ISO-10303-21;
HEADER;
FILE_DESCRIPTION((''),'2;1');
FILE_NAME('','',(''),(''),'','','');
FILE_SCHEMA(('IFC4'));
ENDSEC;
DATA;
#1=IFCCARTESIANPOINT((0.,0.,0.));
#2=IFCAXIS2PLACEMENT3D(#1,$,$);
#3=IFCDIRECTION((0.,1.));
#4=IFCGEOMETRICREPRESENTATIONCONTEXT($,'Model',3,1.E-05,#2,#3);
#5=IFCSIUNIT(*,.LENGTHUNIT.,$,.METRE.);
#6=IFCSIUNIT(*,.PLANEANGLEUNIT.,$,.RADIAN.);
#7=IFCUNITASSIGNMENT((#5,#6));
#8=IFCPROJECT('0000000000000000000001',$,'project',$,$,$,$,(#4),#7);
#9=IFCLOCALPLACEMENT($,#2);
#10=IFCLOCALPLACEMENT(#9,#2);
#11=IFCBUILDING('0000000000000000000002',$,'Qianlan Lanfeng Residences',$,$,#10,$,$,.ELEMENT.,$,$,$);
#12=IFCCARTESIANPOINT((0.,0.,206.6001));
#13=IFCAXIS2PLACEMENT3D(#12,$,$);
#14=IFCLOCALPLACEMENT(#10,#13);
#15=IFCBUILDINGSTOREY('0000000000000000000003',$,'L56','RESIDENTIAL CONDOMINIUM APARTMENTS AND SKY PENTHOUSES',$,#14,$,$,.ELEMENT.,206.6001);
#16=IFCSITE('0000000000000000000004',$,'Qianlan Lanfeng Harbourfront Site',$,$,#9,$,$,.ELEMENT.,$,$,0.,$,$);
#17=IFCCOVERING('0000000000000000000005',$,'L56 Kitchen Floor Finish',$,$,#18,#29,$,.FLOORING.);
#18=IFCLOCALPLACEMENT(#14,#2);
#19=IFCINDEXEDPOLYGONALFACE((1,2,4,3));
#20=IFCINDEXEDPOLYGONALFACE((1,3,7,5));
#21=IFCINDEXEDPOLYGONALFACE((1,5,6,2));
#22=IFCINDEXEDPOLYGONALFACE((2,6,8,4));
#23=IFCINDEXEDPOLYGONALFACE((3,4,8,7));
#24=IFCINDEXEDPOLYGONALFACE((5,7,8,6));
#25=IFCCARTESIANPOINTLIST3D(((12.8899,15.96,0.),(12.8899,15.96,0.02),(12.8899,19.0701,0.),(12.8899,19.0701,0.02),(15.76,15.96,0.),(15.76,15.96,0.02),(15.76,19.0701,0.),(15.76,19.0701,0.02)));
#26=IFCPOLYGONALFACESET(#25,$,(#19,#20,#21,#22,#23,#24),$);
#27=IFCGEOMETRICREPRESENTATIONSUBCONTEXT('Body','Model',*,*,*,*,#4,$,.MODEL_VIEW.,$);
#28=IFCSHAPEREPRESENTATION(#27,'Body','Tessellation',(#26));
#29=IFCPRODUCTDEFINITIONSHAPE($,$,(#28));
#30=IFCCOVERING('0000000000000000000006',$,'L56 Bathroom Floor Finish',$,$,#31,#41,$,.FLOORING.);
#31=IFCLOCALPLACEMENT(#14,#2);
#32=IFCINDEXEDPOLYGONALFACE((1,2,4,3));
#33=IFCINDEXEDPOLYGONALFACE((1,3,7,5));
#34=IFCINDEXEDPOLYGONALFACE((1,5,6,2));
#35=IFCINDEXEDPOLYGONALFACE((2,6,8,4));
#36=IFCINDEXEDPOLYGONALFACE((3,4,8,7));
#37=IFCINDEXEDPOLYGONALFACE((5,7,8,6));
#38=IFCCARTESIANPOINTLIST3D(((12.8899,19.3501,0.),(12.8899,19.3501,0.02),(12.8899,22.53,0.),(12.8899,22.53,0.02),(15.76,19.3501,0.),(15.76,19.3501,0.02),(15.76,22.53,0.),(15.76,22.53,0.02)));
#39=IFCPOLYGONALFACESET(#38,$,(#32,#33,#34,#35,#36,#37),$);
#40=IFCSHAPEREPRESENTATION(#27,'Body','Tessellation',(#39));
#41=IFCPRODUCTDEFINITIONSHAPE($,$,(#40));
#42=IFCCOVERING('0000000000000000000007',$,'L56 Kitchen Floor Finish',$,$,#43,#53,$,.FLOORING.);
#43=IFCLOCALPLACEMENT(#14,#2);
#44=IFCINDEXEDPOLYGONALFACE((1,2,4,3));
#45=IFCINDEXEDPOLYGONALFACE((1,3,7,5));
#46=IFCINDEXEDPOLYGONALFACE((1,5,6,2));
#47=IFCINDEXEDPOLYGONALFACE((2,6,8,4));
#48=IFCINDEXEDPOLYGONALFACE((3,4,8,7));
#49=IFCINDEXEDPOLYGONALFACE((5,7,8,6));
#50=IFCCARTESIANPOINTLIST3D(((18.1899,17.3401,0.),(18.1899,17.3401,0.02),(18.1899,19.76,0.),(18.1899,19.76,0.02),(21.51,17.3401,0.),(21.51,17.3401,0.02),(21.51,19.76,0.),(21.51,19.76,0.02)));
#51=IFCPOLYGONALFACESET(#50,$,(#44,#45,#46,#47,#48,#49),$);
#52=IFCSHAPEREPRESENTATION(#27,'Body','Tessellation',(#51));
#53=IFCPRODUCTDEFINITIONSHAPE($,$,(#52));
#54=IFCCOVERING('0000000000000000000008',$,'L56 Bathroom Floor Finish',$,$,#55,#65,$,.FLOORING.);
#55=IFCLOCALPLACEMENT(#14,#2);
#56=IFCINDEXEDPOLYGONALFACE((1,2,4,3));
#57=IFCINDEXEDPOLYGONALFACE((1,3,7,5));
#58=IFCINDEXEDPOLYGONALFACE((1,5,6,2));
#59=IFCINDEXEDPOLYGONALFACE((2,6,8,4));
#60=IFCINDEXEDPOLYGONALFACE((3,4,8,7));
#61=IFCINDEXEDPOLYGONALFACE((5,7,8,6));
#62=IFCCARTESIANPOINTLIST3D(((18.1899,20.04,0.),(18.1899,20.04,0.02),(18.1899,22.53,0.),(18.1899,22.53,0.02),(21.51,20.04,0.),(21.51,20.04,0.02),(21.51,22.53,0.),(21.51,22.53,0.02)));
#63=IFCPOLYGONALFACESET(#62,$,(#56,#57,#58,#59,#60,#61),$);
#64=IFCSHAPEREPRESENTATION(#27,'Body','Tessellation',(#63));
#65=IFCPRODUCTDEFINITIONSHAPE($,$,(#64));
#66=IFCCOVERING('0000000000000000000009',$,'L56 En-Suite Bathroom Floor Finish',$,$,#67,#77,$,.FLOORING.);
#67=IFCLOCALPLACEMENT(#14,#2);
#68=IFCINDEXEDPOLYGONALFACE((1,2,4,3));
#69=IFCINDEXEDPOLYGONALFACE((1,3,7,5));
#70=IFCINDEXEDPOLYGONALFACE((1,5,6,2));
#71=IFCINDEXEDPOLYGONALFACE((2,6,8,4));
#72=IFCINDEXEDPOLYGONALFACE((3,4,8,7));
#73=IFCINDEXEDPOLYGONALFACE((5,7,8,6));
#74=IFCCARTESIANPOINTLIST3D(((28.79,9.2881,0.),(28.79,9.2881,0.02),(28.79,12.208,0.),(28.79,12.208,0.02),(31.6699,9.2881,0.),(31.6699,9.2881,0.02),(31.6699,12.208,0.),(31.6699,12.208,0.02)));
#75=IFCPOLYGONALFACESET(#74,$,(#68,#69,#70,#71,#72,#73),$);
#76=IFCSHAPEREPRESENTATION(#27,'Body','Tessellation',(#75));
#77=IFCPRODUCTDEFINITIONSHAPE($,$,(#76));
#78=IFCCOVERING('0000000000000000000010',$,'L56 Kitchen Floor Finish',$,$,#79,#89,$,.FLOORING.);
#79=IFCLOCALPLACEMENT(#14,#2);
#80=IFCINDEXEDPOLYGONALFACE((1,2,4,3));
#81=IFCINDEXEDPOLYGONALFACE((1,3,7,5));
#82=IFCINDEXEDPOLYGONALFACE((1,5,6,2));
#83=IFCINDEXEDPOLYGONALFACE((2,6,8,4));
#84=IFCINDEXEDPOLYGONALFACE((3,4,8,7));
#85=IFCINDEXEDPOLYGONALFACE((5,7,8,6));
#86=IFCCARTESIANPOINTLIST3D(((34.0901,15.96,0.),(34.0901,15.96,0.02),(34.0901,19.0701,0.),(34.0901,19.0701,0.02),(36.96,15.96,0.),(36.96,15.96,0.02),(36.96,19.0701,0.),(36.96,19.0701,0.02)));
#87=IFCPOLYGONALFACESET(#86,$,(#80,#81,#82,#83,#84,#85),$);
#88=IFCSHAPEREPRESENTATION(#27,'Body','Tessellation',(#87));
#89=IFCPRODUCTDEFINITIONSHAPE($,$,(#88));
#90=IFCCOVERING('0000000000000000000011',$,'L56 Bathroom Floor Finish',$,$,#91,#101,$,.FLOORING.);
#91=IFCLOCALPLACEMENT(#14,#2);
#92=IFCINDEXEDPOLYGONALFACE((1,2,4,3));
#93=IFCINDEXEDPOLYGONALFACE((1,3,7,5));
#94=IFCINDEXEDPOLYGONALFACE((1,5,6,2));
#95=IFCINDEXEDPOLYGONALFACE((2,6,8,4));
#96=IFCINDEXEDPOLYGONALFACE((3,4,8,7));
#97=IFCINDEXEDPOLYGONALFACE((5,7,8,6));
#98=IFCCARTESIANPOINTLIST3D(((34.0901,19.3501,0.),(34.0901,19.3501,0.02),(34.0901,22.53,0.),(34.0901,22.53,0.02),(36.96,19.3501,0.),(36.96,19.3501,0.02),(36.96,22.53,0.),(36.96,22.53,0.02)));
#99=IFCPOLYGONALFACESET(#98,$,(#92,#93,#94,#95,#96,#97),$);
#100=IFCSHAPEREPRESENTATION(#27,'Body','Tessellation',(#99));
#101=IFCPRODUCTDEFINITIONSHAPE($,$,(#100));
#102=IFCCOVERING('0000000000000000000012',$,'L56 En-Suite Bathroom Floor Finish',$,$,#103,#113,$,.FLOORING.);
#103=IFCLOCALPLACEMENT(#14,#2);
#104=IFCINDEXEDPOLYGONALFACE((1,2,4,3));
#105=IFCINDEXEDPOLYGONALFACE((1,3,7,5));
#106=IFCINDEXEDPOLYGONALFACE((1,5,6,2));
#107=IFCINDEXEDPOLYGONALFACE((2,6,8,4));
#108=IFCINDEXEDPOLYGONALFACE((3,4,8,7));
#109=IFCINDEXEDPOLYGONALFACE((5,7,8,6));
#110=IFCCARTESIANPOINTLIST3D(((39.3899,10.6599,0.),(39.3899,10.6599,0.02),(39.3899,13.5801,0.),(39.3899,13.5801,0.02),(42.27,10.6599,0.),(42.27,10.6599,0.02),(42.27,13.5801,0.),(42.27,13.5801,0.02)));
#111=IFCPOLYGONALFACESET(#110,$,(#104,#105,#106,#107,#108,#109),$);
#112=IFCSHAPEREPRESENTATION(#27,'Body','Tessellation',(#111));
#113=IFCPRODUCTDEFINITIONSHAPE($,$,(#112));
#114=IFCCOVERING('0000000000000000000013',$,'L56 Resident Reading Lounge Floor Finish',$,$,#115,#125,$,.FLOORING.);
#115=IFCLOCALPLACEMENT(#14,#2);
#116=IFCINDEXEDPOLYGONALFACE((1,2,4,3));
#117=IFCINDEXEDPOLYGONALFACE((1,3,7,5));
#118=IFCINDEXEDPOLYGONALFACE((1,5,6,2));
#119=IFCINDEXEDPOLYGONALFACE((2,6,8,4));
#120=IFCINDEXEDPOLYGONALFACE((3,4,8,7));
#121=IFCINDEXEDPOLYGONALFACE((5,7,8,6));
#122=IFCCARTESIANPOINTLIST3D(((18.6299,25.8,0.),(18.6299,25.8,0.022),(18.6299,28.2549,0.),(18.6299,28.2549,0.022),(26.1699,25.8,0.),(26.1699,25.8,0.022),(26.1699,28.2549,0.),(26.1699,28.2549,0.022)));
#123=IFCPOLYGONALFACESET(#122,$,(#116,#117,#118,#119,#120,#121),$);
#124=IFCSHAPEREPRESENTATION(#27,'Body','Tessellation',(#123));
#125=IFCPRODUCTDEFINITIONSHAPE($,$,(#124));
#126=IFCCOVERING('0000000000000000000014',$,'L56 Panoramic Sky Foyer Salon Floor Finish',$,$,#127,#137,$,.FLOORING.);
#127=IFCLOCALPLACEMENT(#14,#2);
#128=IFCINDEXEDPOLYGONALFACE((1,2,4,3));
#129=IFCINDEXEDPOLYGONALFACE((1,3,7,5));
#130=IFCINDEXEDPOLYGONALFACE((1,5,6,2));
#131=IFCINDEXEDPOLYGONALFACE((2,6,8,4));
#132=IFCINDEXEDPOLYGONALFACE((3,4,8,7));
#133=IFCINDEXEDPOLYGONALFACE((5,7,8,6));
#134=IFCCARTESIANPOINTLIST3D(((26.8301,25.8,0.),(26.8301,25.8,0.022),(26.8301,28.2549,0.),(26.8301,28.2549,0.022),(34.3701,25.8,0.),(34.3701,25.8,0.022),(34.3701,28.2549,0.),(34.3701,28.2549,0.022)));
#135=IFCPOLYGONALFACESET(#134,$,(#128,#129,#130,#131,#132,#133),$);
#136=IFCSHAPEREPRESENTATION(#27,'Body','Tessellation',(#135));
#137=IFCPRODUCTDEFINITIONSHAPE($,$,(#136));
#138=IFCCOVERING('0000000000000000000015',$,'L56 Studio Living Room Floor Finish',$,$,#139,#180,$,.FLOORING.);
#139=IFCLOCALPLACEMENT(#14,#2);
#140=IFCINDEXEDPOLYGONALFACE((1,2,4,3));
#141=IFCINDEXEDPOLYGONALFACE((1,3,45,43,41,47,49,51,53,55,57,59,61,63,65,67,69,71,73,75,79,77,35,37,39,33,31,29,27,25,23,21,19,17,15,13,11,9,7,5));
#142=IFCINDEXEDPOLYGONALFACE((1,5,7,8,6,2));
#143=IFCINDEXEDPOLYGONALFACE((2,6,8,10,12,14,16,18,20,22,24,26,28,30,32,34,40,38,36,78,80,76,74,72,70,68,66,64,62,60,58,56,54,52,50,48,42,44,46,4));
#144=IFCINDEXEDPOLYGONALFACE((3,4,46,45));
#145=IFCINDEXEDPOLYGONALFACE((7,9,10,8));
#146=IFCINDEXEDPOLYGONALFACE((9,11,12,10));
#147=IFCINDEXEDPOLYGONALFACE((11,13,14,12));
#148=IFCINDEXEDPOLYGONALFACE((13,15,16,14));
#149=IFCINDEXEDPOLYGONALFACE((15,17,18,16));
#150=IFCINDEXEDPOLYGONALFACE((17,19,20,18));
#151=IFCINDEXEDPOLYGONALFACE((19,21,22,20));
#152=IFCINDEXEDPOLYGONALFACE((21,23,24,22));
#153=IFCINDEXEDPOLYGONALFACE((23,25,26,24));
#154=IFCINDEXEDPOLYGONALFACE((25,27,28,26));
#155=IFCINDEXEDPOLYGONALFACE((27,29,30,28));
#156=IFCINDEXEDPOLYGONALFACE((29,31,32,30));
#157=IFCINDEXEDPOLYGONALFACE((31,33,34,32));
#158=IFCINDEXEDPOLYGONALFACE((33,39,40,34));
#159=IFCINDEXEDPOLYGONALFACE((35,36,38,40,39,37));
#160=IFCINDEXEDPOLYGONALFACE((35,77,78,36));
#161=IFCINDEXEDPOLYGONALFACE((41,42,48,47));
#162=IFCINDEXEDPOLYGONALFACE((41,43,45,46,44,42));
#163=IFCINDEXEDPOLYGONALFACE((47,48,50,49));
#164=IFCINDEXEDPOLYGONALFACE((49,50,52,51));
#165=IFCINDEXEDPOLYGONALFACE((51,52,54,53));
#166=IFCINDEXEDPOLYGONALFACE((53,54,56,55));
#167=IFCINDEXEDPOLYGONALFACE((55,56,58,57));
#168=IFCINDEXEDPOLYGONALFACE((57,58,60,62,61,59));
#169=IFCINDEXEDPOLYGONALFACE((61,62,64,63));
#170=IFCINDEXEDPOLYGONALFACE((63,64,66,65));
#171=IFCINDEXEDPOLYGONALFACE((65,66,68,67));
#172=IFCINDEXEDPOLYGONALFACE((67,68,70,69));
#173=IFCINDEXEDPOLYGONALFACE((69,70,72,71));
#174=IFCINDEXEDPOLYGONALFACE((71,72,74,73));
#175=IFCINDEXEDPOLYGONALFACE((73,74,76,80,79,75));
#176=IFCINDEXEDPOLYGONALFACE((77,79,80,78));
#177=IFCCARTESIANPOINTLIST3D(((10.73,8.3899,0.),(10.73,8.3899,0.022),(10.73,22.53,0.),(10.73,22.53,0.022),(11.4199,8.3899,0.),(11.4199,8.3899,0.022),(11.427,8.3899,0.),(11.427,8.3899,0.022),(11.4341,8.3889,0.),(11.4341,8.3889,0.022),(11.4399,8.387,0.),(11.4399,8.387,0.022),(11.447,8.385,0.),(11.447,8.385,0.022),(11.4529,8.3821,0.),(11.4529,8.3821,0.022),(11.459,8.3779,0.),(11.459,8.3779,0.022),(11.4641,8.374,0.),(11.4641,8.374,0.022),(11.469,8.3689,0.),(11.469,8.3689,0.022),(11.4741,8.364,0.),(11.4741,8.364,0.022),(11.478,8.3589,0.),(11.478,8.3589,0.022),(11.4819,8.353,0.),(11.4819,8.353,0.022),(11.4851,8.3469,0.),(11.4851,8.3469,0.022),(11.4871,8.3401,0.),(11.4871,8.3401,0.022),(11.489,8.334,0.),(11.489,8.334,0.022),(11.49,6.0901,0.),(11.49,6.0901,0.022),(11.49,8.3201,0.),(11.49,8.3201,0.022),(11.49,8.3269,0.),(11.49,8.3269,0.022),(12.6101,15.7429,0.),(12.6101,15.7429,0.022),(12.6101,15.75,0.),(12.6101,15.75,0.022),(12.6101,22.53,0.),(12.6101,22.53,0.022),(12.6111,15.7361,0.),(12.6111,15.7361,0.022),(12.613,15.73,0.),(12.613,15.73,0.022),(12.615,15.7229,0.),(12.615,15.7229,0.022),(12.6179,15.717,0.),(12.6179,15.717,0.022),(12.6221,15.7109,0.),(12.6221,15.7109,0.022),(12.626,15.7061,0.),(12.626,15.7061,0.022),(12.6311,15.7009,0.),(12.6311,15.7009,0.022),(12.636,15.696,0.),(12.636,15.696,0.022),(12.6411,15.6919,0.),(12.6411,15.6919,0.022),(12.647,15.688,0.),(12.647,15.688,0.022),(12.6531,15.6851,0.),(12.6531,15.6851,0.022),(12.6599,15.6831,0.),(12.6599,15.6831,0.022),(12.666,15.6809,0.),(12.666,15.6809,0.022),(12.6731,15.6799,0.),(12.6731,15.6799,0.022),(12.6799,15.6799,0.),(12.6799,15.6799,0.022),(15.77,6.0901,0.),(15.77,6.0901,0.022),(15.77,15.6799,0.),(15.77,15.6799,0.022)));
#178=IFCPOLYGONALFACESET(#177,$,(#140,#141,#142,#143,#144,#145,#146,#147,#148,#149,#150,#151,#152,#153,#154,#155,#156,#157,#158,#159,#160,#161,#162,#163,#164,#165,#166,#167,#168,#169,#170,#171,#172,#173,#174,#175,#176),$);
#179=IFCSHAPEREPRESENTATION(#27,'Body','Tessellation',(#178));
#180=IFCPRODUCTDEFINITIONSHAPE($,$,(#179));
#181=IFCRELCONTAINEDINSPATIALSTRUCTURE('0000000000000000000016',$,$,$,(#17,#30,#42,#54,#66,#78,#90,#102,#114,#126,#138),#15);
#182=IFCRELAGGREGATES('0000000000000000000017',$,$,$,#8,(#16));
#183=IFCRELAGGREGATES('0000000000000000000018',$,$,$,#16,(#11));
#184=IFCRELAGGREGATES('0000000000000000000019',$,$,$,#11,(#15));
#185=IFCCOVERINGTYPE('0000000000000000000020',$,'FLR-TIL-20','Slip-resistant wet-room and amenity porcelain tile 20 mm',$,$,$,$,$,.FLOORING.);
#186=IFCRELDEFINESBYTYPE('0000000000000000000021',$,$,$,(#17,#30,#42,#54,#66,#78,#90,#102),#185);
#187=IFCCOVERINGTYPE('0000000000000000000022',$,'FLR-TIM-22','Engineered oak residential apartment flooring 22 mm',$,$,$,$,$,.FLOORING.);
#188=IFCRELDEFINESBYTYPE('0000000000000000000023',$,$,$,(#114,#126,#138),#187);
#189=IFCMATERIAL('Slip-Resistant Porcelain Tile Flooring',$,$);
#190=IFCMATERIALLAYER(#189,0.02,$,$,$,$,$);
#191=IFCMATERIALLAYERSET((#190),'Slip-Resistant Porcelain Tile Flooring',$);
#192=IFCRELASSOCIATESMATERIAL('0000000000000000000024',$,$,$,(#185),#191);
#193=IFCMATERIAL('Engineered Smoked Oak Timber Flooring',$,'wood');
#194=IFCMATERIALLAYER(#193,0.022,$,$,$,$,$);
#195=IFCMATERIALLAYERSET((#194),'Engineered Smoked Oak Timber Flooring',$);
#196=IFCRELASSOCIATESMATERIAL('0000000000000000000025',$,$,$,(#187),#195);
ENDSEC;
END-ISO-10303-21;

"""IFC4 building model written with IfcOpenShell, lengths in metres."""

from ifc_helpers import new_model, si_unit, direction, frame, origin, place, context, subcontext, project, spatial, polyline, outline, extrude, material, layer, layer_set, type_object, element, save


model = new_model("IFC4")

# Units and contexts
model_context = context("Model", 3, precision=1e-05, world=origin(), true_north=direction((0.0, 1.0)))
body_context = subcontext(model_context, "Body", "Model", "MODEL_VIEW")
ifc_project = project(units=[si_unit("LENGTHUNIT", "METRE"), si_unit("PLANEANGLEUNIT", "RADIAN")], contexts=[model_context])

# Site, building, storey
site_placement = place(None, origin())
site = spatial("IfcSite", under=ifc_project, at=site_placement, Name="Qianlan Lanfeng Harbourfront Site", CompositionType="ELEMENT", RefElevation=0.0)
building_placement = place(site_placement, origin())
building = spatial("IfcBuilding", under=site, at=building_placement, Name="Qianlan Lanfeng Residences", CompositionType="ELEMENT")
storey_placement = place(building_placement, frame((0.0, 0.0, 206.6001)))
storey = spatial("IfcBuildingStorey", under=building, at=storey_placement, Name="L56", Description="RESIDENTIAL CONDOMINIUM APARTMENTS AND SKY PENTHOUSES", CompositionType="ELEMENT", Elevation=206.6001)

# Coverings
ifc_material_1 = material(Name="Slip-Resistant Porcelain Tile Flooring")
ifc_layer_1 = layer(ifc_material_1, 0.02)
ifc_layer_set_1 = layer_set([ifc_layer_1], Name="Slip-Resistant Porcelain Tile Flooring")
covering_type_1 = type_object("IfcCoveringType", Name="FLR-TIL-20", Description="Slip-resistant wet-room and amenity porcelain tile 20 mm", PredefinedType="FLOORING", material=ifc_layer_set_1)
covering_1_placement = place(storey_placement, origin())
element("IfcCovering", 1, at=covering_1_placement, inside=storey, type_object=covering_type_1, Name="L56 Kitchen Floor Finish", PredefinedType="FLOORING", context=body_context, shape_type="SweptSolid", body=[
    extrude(outline(polyline([(12.8899, 15.96), (15.76, 15.96), (15.76, 19.0701), (12.8899, 19.0701), (12.8899, 15.96)])), origin(), (0.0, 0.0, 1.0), 0.02),
])
covering_2_placement = place(storey_placement, origin())
element("IfcCovering", 2, at=covering_2_placement, inside=storey, type_object=covering_type_1, Name="L56 Bathroom Floor Finish", PredefinedType="FLOORING", context=body_context, shape_type="SweptSolid", body=[
    extrude(outline(polyline([(12.8899, 19.3501), (15.76, 19.3501), (15.76, 22.53), (12.8899, 22.53), (12.8899, 19.3501)])), origin(), (0.0, 0.0, 1.0), 0.02),
])
covering_3_placement = place(storey_placement, origin())
element("IfcCovering", 3, at=covering_3_placement, inside=storey, type_object=covering_type_1, Name="L56 Kitchen Floor Finish", PredefinedType="FLOORING", context=body_context, shape_type="SweptSolid", body=[
    extrude(outline(polyline([(18.1899, 17.3401), (21.51, 17.3401), (21.51, 19.76), (18.1899, 19.76), (18.1899, 17.3401)])), origin(), (0.0, 0.0, 1.0), 0.02),
])
covering_4_placement = place(storey_placement, origin())
element("IfcCovering", 4, at=covering_4_placement, inside=storey, type_object=covering_type_1, Name="L56 Bathroom Floor Finish", PredefinedType="FLOORING", context=body_context, shape_type="SweptSolid", body=[
    extrude(outline(polyline([(18.1899, 20.04), (21.51, 20.04), (21.51, 22.53), (18.1899, 22.53), (18.1899, 20.04)])), origin(), (0.0, 0.0, 1.0), 0.02),
])
covering_5_placement = place(storey_placement, origin())
element("IfcCovering", 5, at=covering_5_placement, inside=storey, type_object=covering_type_1, Name="L56 En-Suite Bathroom Floor Finish", PredefinedType="FLOORING", context=body_context, shape_type="SweptSolid", body=[
    extrude(outline(polyline([(28.79, 9.2881), (31.6699, 9.2881), (31.6699, 12.208), (28.79, 12.208), (28.79, 9.2881)])), origin(), (0.0, 0.0, 1.0), 0.02),
])
covering_6_placement = place(storey_placement, origin())
element("IfcCovering", 6, at=covering_6_placement, inside=storey, type_object=covering_type_1, Name="L56 Kitchen Floor Finish", PredefinedType="FLOORING", context=body_context, shape_type="SweptSolid", body=[
    extrude(outline(polyline([(34.0901, 15.96), (36.96, 15.96), (36.96, 19.0701), (34.0901, 19.0701), (34.0901, 15.96)])), origin(), (0.0, 0.0, 1.0), 0.02),
])
covering_7_placement = place(storey_placement, origin())
element("IfcCovering", 7, at=covering_7_placement, inside=storey, type_object=covering_type_1, Name="L56 Bathroom Floor Finish", PredefinedType="FLOORING", context=body_context, shape_type="SweptSolid", body=[
    extrude(outline(polyline([(34.0901, 19.3501), (36.96, 19.3501), (36.96, 22.53), (34.0901, 22.53), (34.0901, 19.3501)])), origin(), (0.0, 0.0, 1.0), 0.02),
])
covering_8_placement = place(storey_placement, origin())
element("IfcCovering", 8, at=covering_8_placement, inside=storey, type_object=covering_type_1, Name="L56 En-Suite Bathroom Floor Finish", PredefinedType="FLOORING", context=body_context, shape_type="SweptSolid", body=[
    extrude(outline(polyline([(39.3899, 10.6599), (42.27, 10.6599), (42.27, 13.5801), (39.3899, 13.5801), (39.3899, 10.6599)])), origin(), (0.0, 0.0, 1.0), 0.02),
])
ifc_material_2 = material(Name="Engineered Smoked Oak Timber Flooring", Category="wood")
ifc_layer_2 = layer(ifc_material_2, 0.022)
ifc_layer_set_2 = layer_set([ifc_layer_2], Name="Engineered Smoked Oak Timber Flooring")
covering_type_2 = type_object("IfcCoveringType", Name="FLR-TIM-22", Description="Engineered oak residential apartment flooring 22 mm", PredefinedType="FLOORING", material=ifc_layer_set_2)
covering_9_placement = place(storey_placement, origin())
element("IfcCovering", 9, at=covering_9_placement, inside=storey, type_object=covering_type_2, Name="L56 Resident Reading Lounge Floor Finish", PredefinedType="FLOORING", context=body_context, shape_type="SweptSolid", body=[
    extrude(outline(polyline([(18.6299, 25.8), (26.1699, 25.8), (26.1699, 28.2549), (18.6299, 28.2549), (18.6299, 25.8)])), origin(), (0.0, 0.0, 1.0), 0.022),
])
covering_10_placement = place(storey_placement, origin())
element("IfcCovering", 10, at=covering_10_placement, inside=storey, type_object=covering_type_2, Name="L56 Panoramic Sky Foyer Salon Floor Finish", PredefinedType="FLOORING", context=body_context, shape_type="SweptSolid", body=[
    extrude(outline(polyline([(26.8301, 25.8), (34.3701, 25.8), (34.3701, 28.2549), (26.8301, 28.2549), (26.8301, 25.8)])), origin(), (0.0, 0.0, 1.0), 0.022),
])
covering_11_placement = place(storey_placement, origin())
element("IfcCovering", 11, at=covering_11_placement, inside=storey, type_object=covering_type_2, Name="L56 Studio Living Room Floor Finish", PredefinedType="FLOORING", context=body_context, shape_type="SweptSolid", body=[
    extrude(outline(polyline([(15.77, 6.0901), (15.77, 15.6799), (12.6799, 15.6799), (12.6731, 15.6799), (12.666, 15.6809), (12.6599, 15.6831), (12.6531, 15.6851), (12.647, 15.688), (12.6411, 15.6919), (12.636, 15.696), (12.6311, 15.7009), (12.626, 15.7061), (12.6221, 15.7109), (12.6179, 15.717), (12.615, 15.7229), (12.613, 15.73), (12.6111, 15.7361), (12.6101, 15.7429), (12.6101, 15.75), (12.6101, 22.53), (10.73, 22.53), (10.73, 8.3899), (11.4199, 8.3899), (11.427, 8.3899), (11.4341, 8.3889), (11.4399, 8.387), (11.447, 8.385), (11.4529, 8.3821), (11.459, 8.3779), (11.4641, 8.374), (11.469, 8.3689), (11.4741, 8.364), (11.478, 8.3589), (11.4819, 8.353), (11.4851, 8.3469), (11.4871, 8.3401), (11.489, 8.334), (11.49, 8.3269), (11.49, 8.3201), (11.49, 6.0901), (15.77, 6.0901)])), origin(), (0.0, 0.0, 1.0), 0.022),
])

save(model, "model.ifc")
